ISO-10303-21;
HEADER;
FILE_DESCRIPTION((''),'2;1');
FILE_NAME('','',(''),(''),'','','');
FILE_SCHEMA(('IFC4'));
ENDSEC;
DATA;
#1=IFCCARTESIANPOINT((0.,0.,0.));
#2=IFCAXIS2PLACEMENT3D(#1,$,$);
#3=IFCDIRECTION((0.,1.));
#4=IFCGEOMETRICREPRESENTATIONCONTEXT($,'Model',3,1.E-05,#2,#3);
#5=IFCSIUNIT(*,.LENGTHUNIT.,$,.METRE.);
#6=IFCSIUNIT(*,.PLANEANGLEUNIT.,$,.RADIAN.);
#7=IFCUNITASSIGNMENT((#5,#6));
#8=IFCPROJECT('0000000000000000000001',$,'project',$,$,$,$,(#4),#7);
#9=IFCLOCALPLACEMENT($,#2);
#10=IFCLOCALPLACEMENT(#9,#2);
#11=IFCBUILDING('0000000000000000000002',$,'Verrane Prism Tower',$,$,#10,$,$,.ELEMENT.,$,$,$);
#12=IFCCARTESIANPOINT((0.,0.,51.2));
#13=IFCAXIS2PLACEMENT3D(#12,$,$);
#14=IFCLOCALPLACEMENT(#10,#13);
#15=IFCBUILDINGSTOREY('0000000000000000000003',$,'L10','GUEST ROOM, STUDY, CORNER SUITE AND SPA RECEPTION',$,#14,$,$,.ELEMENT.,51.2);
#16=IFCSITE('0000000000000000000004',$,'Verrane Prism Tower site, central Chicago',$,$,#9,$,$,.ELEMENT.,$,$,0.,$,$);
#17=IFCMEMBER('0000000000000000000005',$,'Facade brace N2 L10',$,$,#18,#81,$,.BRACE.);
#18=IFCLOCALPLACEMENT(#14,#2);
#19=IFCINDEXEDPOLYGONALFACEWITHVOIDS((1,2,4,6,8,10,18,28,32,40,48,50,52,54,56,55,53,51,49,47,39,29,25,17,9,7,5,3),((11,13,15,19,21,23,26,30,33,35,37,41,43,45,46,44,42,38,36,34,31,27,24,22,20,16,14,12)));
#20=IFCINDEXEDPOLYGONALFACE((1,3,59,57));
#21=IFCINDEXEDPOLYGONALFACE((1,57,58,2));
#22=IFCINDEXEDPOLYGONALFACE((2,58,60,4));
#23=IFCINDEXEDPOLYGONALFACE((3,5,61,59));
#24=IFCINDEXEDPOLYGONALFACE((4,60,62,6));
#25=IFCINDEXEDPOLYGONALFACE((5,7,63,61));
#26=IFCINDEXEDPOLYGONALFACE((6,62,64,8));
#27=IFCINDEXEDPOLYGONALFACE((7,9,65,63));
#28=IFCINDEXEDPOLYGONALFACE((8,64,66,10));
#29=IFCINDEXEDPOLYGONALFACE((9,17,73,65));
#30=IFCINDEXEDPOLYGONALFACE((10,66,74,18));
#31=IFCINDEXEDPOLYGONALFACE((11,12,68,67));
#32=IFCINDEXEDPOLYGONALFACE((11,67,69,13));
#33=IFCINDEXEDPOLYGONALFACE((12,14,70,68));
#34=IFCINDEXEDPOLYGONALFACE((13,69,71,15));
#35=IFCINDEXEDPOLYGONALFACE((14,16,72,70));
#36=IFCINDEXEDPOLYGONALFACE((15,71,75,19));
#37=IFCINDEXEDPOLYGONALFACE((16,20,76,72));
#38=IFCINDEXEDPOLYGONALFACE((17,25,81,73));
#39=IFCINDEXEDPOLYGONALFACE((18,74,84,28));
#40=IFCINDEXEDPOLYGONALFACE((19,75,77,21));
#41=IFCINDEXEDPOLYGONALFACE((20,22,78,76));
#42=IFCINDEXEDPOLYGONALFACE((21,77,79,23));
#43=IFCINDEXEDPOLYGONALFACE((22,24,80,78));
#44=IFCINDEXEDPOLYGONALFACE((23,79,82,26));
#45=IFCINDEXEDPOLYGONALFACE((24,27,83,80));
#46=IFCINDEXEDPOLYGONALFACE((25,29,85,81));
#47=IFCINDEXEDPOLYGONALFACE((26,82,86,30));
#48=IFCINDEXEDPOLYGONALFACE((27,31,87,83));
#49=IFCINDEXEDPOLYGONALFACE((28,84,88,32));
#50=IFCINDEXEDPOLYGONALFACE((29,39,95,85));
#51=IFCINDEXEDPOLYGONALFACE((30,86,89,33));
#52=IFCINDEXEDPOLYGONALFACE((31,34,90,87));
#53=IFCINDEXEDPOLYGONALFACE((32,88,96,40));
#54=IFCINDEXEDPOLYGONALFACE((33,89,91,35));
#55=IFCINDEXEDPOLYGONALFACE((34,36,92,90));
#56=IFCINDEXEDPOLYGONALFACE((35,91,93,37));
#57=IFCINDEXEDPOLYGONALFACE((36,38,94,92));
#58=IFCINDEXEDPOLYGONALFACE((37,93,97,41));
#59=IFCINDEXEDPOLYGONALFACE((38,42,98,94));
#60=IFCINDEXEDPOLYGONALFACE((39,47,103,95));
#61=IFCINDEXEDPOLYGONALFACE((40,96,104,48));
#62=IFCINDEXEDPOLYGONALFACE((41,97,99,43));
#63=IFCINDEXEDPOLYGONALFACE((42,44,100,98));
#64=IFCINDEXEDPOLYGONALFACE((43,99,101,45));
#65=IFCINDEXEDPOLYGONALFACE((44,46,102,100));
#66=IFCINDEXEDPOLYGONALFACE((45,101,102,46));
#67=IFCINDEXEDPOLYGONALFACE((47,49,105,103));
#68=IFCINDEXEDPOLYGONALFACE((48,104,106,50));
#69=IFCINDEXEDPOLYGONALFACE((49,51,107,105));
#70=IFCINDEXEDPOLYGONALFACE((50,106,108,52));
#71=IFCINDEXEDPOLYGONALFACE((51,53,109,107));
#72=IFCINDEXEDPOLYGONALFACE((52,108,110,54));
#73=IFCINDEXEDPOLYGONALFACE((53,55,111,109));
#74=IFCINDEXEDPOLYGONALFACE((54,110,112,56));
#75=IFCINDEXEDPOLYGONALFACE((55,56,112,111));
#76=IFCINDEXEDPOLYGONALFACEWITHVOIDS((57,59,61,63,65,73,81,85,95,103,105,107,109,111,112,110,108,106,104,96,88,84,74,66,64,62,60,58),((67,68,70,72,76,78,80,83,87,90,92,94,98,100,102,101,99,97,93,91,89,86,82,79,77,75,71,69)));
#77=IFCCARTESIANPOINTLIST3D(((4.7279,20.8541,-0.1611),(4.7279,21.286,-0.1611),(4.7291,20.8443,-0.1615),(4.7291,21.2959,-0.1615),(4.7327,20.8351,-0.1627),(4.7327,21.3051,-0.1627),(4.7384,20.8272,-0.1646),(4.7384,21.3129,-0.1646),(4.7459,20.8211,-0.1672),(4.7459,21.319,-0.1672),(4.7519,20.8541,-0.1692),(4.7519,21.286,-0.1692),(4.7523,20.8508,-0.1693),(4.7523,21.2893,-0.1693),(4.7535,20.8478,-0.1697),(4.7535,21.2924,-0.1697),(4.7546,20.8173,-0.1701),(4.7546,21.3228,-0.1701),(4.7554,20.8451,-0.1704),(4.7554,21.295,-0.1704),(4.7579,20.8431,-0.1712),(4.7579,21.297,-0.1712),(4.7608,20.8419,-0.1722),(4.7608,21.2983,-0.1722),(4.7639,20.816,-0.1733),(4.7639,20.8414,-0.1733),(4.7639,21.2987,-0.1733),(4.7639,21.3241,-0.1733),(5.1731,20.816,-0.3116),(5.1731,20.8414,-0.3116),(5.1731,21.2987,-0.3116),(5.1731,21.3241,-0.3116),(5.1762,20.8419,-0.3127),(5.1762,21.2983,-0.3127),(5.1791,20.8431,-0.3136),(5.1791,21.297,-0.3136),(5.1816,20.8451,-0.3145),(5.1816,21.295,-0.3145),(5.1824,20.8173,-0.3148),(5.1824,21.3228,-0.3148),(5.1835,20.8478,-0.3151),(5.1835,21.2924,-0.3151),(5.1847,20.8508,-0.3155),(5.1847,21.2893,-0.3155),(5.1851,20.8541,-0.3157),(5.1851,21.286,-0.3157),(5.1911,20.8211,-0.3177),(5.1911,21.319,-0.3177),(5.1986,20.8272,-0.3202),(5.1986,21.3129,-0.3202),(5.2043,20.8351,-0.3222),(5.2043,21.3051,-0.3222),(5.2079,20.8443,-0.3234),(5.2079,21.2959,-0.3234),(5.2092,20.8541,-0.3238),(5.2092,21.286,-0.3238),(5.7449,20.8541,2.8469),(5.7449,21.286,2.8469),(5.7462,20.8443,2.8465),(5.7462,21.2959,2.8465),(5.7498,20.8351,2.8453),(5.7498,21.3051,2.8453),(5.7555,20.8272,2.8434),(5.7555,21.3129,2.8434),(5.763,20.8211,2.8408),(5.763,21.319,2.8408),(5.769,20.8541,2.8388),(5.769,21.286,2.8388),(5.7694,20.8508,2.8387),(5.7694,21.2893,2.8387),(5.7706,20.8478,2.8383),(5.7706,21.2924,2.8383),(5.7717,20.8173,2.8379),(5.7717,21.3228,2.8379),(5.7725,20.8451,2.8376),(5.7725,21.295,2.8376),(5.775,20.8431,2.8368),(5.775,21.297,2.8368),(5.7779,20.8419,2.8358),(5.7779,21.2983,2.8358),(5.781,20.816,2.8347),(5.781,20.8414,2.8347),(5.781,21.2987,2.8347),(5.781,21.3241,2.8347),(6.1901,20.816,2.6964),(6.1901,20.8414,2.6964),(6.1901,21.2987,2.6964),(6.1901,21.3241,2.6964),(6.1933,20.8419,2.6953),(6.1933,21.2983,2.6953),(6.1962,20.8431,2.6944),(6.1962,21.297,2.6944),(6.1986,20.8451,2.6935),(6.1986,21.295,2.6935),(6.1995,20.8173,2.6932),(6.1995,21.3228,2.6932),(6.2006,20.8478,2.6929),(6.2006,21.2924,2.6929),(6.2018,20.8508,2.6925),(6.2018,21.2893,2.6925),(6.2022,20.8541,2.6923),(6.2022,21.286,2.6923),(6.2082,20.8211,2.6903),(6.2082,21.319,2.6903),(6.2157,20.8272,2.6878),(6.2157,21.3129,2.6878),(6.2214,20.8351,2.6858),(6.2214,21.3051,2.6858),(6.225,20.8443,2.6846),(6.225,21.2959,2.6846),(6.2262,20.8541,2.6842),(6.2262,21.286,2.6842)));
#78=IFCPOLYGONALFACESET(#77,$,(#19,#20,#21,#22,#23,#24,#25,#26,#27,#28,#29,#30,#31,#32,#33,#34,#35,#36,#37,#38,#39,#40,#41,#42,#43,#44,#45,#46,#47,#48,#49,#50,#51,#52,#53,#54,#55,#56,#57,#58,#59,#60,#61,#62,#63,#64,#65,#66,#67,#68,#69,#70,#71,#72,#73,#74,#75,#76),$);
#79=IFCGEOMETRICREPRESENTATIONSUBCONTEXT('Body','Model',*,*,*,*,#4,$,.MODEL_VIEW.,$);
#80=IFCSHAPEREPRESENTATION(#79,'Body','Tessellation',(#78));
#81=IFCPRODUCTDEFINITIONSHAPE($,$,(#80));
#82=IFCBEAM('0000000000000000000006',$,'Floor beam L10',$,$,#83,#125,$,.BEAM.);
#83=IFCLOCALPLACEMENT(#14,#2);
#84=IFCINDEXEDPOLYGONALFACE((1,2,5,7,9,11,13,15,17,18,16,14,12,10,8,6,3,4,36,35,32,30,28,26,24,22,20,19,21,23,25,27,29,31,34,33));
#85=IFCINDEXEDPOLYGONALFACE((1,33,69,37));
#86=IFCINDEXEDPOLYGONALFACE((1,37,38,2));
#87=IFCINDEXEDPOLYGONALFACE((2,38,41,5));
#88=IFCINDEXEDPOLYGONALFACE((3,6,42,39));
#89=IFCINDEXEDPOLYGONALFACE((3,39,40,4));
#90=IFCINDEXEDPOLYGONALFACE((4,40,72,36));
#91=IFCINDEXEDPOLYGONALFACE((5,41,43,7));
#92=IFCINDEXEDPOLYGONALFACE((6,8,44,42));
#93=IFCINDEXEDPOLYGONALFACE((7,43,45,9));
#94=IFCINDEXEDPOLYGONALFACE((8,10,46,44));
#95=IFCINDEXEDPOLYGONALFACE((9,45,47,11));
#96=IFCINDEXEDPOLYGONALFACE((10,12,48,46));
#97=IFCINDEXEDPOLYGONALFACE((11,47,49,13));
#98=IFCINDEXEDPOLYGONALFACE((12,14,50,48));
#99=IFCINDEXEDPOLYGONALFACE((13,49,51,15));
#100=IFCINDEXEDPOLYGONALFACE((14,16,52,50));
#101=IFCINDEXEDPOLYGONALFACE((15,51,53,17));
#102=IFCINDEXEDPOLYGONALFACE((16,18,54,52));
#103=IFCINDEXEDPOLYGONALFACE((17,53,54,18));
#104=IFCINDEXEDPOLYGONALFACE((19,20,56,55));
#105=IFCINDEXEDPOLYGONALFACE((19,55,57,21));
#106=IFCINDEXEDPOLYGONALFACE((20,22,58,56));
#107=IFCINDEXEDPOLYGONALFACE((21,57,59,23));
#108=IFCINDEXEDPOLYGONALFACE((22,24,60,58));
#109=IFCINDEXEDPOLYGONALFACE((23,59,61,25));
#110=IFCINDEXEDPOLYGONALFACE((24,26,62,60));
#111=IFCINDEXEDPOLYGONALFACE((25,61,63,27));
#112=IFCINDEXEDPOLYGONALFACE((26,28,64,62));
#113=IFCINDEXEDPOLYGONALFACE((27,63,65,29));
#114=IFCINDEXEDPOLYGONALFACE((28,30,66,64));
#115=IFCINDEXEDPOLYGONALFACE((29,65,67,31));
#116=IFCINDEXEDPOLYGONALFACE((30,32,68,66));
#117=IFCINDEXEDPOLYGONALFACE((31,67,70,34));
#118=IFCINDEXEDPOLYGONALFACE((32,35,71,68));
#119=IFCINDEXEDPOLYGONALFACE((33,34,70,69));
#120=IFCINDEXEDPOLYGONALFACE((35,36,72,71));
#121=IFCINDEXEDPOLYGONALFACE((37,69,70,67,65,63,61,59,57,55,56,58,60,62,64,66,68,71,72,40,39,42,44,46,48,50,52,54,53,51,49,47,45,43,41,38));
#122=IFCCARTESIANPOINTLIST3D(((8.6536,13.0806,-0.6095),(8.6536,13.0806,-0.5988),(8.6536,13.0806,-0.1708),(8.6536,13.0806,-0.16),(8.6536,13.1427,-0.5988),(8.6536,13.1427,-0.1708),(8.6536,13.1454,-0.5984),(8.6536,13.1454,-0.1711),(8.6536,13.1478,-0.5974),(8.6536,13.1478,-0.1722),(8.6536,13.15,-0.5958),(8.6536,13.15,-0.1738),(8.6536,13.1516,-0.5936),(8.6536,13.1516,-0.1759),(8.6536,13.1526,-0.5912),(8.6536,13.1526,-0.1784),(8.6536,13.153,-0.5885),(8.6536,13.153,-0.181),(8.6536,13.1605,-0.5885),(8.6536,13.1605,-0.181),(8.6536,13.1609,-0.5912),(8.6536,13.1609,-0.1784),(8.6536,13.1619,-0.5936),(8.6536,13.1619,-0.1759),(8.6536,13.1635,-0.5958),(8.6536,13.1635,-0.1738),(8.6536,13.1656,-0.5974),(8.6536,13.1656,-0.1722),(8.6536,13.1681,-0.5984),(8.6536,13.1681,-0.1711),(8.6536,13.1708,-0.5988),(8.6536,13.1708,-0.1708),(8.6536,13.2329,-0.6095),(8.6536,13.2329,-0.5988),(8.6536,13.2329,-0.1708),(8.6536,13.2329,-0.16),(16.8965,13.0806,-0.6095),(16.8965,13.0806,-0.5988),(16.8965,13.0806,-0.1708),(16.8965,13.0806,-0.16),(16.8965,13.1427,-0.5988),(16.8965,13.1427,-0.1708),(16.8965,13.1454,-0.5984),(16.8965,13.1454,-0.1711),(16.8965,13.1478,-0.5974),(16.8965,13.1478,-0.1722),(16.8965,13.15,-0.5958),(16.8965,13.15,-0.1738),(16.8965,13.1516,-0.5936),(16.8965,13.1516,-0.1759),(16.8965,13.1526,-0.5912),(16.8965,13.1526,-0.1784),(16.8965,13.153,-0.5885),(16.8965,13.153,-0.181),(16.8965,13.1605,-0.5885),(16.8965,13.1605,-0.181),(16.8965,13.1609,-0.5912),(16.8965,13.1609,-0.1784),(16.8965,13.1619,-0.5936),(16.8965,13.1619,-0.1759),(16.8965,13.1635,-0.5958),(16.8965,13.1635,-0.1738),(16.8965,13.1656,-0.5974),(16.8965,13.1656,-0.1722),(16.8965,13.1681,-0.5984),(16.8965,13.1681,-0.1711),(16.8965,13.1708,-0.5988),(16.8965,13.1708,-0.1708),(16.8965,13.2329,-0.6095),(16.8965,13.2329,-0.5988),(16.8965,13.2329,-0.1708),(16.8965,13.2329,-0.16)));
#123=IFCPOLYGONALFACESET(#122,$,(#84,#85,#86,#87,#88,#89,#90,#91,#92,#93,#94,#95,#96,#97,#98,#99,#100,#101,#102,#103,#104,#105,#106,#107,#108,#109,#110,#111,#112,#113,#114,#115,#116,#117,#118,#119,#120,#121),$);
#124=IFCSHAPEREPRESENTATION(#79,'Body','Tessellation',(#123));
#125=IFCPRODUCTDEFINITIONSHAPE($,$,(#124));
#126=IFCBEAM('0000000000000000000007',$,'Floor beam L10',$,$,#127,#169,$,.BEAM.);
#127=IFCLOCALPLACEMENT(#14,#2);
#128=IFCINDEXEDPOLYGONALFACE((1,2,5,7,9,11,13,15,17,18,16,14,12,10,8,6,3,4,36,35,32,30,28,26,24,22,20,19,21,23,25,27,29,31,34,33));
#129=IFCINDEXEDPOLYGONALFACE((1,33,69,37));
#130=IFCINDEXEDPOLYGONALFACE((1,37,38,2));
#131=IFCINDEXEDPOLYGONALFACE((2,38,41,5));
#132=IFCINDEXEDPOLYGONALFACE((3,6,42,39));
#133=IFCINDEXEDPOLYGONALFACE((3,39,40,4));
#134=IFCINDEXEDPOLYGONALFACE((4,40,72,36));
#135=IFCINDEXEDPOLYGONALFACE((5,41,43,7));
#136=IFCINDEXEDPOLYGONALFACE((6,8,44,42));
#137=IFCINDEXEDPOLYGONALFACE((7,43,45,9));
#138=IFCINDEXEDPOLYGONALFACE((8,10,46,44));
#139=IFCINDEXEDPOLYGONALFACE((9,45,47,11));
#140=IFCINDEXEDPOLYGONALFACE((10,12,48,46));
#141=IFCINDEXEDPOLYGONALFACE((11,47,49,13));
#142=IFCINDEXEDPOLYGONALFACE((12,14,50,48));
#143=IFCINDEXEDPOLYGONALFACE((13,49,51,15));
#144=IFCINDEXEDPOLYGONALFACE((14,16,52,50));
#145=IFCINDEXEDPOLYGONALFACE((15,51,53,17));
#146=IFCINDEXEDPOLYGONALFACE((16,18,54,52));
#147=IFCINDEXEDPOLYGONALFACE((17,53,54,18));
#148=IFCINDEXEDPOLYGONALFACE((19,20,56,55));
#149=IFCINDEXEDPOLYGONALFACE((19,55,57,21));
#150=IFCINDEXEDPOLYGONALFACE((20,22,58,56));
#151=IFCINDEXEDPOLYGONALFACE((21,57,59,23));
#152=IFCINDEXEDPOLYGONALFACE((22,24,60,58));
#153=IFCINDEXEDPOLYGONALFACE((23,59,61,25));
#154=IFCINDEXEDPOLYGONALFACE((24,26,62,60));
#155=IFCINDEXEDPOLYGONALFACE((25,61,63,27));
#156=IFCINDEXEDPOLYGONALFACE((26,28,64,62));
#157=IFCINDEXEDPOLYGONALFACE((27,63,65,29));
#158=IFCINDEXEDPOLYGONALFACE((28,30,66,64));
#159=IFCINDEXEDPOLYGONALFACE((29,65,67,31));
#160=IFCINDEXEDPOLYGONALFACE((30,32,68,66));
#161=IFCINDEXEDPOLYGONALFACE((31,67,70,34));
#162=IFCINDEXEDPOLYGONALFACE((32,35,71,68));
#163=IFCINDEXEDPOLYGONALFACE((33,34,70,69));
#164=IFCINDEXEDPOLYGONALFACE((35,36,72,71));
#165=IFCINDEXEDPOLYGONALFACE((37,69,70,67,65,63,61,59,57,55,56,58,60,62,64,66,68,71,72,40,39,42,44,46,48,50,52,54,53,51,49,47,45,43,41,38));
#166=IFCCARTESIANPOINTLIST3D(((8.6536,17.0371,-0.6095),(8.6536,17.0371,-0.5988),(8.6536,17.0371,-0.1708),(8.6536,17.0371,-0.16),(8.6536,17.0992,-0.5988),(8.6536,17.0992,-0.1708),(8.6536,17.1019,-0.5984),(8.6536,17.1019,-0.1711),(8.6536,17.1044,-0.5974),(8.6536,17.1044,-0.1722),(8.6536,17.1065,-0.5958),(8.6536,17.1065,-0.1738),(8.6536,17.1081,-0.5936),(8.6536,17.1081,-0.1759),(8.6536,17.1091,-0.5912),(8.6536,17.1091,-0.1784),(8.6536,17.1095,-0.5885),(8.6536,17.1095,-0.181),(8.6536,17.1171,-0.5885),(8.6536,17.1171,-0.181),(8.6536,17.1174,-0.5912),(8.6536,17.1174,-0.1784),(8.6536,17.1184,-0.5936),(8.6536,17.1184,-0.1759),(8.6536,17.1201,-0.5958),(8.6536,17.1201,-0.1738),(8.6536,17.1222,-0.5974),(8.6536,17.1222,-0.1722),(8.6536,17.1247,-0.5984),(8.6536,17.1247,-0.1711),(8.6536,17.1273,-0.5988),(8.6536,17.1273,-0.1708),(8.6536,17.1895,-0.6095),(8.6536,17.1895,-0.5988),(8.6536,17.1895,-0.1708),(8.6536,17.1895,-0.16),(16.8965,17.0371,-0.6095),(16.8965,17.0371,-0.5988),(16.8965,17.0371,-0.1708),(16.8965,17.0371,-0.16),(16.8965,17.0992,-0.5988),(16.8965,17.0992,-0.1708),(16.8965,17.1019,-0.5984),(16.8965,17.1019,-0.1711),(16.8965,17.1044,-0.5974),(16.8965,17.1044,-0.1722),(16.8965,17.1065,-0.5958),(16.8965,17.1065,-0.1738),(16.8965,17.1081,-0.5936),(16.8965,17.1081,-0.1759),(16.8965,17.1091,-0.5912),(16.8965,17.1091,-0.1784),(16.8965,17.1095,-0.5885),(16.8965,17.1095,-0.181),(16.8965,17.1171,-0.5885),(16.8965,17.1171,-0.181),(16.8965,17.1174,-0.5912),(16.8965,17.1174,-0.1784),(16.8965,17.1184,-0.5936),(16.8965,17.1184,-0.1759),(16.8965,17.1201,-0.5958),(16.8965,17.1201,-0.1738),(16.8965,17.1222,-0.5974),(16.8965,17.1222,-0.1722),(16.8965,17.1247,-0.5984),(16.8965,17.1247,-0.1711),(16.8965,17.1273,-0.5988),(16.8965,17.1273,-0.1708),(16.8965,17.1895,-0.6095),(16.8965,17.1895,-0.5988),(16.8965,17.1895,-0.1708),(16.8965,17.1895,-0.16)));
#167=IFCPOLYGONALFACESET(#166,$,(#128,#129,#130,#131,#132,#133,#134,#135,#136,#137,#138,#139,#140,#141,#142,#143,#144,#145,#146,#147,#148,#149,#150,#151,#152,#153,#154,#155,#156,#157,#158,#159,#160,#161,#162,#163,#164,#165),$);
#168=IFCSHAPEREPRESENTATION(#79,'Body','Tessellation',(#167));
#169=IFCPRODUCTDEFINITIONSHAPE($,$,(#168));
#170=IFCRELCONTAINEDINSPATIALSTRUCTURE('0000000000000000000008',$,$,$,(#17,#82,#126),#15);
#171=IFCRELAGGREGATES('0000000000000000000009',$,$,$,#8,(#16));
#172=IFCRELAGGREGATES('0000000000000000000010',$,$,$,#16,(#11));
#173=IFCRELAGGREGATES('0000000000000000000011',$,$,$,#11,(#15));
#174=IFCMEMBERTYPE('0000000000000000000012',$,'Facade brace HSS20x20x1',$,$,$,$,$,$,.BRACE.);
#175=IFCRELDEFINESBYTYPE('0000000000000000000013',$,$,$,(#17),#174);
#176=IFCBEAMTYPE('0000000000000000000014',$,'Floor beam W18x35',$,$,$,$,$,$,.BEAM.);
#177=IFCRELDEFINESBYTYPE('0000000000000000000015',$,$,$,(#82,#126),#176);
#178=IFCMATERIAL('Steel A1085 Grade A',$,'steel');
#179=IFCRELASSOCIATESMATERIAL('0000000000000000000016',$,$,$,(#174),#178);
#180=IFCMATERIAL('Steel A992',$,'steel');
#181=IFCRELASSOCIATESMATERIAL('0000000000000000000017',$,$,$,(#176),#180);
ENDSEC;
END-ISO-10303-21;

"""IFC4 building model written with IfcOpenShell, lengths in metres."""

from ifc_helpers import new_model, si_unit, direction, frame, origin, origin_2d, place, context, subcontext, project, spatial, hollow_rectangle, i_section, extrude, material, material_profile, profile_set, type_object, element, save


model = new_model("IFC4")

# Units and contexts
model_context = context("Model", 3, precision=1e-05, world=origin(), true_north=direction((0.0, 1.0)))
body_context = subcontext(model_context, "Body", "Model", "MODEL_VIEW")
ifc_project = project(units=[si_unit("LENGTHUNIT", "METRE"), si_unit("PLANEANGLEUNIT", "RADIAN")], contexts=[model_context])

# Site, building, storey
site_placement = place(None, origin())
site = spatial("IfcSite", under=ifc_project, at=site_placement, Name="Verrane Prism Tower site, central Chicago", CompositionType="ELEMENT", RefElevation=0.0)
building_placement = place(site_placement, origin())
building = spatial("IfcBuilding", under=site, at=building_placement, Name="Verrane Prism Tower", CompositionType="ELEMENT")
storey_placement = place(building_placement, frame((0.0, 0.0, 51.2)))
storey = spatial("IfcBuildingStorey", under=building, at=storey_placement, Name="L10", Description="GUEST ROOM, STUDY, CORNER SUITE AND SPA RECEPTION", CompositionType="ELEMENT", Elevation=51.2)

# Member
ifc_material_1 = material(Name="Steel A1085 Grade A", Category="steel")
ifc_material_profile_1 = material_profile(ifc_material_1, hollow_rectangle(XDim=0.5081, YDim=0.5081, WallThickness=0.0254, InnerFilletRadius=0.0127, OuterFilletRadius=0.0381, at=origin_2d()), Name="HSS20x20x1")
ifc_profile_set_1 = profile_set([ifc_material_profile_1], Name="Steel A1085 Grade A")
member_type_1 = type_object("IfcMemberType", Name="Facade brace HSS20x20x1", PredefinedType="BRACE", material=ifc_profile_set_1)
member_1_placement = place(storey_placement, frame((4.9685, 21.0701, -0.2424), z_axis=(0.320307, 0.0, 0.947314), x_axis=(0.0, 1.0, 0.0)))
element("IfcMember", 1, at=member_1_placement, inside=storey, type_object=member_type_1, Name="Facade brace N2 L10", PredefinedType="BRACE", context=body_context, shape_type="SweptSolid", body=[
    extrude(hollow_rectangle(XDim=0.5081, YDim=0.5081, WallThickness=0.0254, InnerFilletRadius=0.0127, OuterFilletRadius=0.0381, at=origin_2d()), origin(), (0.0, 0.0, 1.0), 3.1753),
])

# Beams
ifc_material_2 = material(Name="Steel A992", Category="steel")
ifc_material_profile_2 = material_profile(ifc_material_2, i_section(OverallWidth=0.1523, OverallDepth=0.4495, WebThickness=0.0076, FlangeThickness=0.0107, FilletRadius=0.0103, at=origin_2d()), Name="W18x35")
ifc_profile_set_2 = profile_set([ifc_material_profile_2], Name="Steel A992")
beam_type_1 = type_object("IfcBeamType", Name="Floor beam W18x35", PredefinedType="BEAM", material=ifc_profile_set_2)
for number, where, z_axis, x_axis, name in (
    (2, (8.6536, 13.1567, -0.3848), (1.0, 0.0, 0.0), (0.0, 1.0, 0.0), "Floor beam L10"),
    (3, (8.6536, 17.1133, -0.3848), (1.0, 0.0, 0.0), (0.0, 1.0, 0.0), "Floor beam L10"),
):
    element("IfcBeam", number, at=place(storey_placement, frame(where, z_axis=z_axis, x_axis=x_axis)), inside=storey, type_object=beam_type_1, Name=name, PredefinedType="BEAM", context=body_context, shape_type="SweptSolid", body=[
        extrude(i_section(OverallWidth=0.1523, OverallDepth=0.4495, WebThickness=0.0076, FlangeThickness=0.0107, FilletRadius=0.0103, at=origin_2d()), origin(), (0.0, 0.0, 1.0), 8.2429),
    ])

save(model, "model.ifc")
